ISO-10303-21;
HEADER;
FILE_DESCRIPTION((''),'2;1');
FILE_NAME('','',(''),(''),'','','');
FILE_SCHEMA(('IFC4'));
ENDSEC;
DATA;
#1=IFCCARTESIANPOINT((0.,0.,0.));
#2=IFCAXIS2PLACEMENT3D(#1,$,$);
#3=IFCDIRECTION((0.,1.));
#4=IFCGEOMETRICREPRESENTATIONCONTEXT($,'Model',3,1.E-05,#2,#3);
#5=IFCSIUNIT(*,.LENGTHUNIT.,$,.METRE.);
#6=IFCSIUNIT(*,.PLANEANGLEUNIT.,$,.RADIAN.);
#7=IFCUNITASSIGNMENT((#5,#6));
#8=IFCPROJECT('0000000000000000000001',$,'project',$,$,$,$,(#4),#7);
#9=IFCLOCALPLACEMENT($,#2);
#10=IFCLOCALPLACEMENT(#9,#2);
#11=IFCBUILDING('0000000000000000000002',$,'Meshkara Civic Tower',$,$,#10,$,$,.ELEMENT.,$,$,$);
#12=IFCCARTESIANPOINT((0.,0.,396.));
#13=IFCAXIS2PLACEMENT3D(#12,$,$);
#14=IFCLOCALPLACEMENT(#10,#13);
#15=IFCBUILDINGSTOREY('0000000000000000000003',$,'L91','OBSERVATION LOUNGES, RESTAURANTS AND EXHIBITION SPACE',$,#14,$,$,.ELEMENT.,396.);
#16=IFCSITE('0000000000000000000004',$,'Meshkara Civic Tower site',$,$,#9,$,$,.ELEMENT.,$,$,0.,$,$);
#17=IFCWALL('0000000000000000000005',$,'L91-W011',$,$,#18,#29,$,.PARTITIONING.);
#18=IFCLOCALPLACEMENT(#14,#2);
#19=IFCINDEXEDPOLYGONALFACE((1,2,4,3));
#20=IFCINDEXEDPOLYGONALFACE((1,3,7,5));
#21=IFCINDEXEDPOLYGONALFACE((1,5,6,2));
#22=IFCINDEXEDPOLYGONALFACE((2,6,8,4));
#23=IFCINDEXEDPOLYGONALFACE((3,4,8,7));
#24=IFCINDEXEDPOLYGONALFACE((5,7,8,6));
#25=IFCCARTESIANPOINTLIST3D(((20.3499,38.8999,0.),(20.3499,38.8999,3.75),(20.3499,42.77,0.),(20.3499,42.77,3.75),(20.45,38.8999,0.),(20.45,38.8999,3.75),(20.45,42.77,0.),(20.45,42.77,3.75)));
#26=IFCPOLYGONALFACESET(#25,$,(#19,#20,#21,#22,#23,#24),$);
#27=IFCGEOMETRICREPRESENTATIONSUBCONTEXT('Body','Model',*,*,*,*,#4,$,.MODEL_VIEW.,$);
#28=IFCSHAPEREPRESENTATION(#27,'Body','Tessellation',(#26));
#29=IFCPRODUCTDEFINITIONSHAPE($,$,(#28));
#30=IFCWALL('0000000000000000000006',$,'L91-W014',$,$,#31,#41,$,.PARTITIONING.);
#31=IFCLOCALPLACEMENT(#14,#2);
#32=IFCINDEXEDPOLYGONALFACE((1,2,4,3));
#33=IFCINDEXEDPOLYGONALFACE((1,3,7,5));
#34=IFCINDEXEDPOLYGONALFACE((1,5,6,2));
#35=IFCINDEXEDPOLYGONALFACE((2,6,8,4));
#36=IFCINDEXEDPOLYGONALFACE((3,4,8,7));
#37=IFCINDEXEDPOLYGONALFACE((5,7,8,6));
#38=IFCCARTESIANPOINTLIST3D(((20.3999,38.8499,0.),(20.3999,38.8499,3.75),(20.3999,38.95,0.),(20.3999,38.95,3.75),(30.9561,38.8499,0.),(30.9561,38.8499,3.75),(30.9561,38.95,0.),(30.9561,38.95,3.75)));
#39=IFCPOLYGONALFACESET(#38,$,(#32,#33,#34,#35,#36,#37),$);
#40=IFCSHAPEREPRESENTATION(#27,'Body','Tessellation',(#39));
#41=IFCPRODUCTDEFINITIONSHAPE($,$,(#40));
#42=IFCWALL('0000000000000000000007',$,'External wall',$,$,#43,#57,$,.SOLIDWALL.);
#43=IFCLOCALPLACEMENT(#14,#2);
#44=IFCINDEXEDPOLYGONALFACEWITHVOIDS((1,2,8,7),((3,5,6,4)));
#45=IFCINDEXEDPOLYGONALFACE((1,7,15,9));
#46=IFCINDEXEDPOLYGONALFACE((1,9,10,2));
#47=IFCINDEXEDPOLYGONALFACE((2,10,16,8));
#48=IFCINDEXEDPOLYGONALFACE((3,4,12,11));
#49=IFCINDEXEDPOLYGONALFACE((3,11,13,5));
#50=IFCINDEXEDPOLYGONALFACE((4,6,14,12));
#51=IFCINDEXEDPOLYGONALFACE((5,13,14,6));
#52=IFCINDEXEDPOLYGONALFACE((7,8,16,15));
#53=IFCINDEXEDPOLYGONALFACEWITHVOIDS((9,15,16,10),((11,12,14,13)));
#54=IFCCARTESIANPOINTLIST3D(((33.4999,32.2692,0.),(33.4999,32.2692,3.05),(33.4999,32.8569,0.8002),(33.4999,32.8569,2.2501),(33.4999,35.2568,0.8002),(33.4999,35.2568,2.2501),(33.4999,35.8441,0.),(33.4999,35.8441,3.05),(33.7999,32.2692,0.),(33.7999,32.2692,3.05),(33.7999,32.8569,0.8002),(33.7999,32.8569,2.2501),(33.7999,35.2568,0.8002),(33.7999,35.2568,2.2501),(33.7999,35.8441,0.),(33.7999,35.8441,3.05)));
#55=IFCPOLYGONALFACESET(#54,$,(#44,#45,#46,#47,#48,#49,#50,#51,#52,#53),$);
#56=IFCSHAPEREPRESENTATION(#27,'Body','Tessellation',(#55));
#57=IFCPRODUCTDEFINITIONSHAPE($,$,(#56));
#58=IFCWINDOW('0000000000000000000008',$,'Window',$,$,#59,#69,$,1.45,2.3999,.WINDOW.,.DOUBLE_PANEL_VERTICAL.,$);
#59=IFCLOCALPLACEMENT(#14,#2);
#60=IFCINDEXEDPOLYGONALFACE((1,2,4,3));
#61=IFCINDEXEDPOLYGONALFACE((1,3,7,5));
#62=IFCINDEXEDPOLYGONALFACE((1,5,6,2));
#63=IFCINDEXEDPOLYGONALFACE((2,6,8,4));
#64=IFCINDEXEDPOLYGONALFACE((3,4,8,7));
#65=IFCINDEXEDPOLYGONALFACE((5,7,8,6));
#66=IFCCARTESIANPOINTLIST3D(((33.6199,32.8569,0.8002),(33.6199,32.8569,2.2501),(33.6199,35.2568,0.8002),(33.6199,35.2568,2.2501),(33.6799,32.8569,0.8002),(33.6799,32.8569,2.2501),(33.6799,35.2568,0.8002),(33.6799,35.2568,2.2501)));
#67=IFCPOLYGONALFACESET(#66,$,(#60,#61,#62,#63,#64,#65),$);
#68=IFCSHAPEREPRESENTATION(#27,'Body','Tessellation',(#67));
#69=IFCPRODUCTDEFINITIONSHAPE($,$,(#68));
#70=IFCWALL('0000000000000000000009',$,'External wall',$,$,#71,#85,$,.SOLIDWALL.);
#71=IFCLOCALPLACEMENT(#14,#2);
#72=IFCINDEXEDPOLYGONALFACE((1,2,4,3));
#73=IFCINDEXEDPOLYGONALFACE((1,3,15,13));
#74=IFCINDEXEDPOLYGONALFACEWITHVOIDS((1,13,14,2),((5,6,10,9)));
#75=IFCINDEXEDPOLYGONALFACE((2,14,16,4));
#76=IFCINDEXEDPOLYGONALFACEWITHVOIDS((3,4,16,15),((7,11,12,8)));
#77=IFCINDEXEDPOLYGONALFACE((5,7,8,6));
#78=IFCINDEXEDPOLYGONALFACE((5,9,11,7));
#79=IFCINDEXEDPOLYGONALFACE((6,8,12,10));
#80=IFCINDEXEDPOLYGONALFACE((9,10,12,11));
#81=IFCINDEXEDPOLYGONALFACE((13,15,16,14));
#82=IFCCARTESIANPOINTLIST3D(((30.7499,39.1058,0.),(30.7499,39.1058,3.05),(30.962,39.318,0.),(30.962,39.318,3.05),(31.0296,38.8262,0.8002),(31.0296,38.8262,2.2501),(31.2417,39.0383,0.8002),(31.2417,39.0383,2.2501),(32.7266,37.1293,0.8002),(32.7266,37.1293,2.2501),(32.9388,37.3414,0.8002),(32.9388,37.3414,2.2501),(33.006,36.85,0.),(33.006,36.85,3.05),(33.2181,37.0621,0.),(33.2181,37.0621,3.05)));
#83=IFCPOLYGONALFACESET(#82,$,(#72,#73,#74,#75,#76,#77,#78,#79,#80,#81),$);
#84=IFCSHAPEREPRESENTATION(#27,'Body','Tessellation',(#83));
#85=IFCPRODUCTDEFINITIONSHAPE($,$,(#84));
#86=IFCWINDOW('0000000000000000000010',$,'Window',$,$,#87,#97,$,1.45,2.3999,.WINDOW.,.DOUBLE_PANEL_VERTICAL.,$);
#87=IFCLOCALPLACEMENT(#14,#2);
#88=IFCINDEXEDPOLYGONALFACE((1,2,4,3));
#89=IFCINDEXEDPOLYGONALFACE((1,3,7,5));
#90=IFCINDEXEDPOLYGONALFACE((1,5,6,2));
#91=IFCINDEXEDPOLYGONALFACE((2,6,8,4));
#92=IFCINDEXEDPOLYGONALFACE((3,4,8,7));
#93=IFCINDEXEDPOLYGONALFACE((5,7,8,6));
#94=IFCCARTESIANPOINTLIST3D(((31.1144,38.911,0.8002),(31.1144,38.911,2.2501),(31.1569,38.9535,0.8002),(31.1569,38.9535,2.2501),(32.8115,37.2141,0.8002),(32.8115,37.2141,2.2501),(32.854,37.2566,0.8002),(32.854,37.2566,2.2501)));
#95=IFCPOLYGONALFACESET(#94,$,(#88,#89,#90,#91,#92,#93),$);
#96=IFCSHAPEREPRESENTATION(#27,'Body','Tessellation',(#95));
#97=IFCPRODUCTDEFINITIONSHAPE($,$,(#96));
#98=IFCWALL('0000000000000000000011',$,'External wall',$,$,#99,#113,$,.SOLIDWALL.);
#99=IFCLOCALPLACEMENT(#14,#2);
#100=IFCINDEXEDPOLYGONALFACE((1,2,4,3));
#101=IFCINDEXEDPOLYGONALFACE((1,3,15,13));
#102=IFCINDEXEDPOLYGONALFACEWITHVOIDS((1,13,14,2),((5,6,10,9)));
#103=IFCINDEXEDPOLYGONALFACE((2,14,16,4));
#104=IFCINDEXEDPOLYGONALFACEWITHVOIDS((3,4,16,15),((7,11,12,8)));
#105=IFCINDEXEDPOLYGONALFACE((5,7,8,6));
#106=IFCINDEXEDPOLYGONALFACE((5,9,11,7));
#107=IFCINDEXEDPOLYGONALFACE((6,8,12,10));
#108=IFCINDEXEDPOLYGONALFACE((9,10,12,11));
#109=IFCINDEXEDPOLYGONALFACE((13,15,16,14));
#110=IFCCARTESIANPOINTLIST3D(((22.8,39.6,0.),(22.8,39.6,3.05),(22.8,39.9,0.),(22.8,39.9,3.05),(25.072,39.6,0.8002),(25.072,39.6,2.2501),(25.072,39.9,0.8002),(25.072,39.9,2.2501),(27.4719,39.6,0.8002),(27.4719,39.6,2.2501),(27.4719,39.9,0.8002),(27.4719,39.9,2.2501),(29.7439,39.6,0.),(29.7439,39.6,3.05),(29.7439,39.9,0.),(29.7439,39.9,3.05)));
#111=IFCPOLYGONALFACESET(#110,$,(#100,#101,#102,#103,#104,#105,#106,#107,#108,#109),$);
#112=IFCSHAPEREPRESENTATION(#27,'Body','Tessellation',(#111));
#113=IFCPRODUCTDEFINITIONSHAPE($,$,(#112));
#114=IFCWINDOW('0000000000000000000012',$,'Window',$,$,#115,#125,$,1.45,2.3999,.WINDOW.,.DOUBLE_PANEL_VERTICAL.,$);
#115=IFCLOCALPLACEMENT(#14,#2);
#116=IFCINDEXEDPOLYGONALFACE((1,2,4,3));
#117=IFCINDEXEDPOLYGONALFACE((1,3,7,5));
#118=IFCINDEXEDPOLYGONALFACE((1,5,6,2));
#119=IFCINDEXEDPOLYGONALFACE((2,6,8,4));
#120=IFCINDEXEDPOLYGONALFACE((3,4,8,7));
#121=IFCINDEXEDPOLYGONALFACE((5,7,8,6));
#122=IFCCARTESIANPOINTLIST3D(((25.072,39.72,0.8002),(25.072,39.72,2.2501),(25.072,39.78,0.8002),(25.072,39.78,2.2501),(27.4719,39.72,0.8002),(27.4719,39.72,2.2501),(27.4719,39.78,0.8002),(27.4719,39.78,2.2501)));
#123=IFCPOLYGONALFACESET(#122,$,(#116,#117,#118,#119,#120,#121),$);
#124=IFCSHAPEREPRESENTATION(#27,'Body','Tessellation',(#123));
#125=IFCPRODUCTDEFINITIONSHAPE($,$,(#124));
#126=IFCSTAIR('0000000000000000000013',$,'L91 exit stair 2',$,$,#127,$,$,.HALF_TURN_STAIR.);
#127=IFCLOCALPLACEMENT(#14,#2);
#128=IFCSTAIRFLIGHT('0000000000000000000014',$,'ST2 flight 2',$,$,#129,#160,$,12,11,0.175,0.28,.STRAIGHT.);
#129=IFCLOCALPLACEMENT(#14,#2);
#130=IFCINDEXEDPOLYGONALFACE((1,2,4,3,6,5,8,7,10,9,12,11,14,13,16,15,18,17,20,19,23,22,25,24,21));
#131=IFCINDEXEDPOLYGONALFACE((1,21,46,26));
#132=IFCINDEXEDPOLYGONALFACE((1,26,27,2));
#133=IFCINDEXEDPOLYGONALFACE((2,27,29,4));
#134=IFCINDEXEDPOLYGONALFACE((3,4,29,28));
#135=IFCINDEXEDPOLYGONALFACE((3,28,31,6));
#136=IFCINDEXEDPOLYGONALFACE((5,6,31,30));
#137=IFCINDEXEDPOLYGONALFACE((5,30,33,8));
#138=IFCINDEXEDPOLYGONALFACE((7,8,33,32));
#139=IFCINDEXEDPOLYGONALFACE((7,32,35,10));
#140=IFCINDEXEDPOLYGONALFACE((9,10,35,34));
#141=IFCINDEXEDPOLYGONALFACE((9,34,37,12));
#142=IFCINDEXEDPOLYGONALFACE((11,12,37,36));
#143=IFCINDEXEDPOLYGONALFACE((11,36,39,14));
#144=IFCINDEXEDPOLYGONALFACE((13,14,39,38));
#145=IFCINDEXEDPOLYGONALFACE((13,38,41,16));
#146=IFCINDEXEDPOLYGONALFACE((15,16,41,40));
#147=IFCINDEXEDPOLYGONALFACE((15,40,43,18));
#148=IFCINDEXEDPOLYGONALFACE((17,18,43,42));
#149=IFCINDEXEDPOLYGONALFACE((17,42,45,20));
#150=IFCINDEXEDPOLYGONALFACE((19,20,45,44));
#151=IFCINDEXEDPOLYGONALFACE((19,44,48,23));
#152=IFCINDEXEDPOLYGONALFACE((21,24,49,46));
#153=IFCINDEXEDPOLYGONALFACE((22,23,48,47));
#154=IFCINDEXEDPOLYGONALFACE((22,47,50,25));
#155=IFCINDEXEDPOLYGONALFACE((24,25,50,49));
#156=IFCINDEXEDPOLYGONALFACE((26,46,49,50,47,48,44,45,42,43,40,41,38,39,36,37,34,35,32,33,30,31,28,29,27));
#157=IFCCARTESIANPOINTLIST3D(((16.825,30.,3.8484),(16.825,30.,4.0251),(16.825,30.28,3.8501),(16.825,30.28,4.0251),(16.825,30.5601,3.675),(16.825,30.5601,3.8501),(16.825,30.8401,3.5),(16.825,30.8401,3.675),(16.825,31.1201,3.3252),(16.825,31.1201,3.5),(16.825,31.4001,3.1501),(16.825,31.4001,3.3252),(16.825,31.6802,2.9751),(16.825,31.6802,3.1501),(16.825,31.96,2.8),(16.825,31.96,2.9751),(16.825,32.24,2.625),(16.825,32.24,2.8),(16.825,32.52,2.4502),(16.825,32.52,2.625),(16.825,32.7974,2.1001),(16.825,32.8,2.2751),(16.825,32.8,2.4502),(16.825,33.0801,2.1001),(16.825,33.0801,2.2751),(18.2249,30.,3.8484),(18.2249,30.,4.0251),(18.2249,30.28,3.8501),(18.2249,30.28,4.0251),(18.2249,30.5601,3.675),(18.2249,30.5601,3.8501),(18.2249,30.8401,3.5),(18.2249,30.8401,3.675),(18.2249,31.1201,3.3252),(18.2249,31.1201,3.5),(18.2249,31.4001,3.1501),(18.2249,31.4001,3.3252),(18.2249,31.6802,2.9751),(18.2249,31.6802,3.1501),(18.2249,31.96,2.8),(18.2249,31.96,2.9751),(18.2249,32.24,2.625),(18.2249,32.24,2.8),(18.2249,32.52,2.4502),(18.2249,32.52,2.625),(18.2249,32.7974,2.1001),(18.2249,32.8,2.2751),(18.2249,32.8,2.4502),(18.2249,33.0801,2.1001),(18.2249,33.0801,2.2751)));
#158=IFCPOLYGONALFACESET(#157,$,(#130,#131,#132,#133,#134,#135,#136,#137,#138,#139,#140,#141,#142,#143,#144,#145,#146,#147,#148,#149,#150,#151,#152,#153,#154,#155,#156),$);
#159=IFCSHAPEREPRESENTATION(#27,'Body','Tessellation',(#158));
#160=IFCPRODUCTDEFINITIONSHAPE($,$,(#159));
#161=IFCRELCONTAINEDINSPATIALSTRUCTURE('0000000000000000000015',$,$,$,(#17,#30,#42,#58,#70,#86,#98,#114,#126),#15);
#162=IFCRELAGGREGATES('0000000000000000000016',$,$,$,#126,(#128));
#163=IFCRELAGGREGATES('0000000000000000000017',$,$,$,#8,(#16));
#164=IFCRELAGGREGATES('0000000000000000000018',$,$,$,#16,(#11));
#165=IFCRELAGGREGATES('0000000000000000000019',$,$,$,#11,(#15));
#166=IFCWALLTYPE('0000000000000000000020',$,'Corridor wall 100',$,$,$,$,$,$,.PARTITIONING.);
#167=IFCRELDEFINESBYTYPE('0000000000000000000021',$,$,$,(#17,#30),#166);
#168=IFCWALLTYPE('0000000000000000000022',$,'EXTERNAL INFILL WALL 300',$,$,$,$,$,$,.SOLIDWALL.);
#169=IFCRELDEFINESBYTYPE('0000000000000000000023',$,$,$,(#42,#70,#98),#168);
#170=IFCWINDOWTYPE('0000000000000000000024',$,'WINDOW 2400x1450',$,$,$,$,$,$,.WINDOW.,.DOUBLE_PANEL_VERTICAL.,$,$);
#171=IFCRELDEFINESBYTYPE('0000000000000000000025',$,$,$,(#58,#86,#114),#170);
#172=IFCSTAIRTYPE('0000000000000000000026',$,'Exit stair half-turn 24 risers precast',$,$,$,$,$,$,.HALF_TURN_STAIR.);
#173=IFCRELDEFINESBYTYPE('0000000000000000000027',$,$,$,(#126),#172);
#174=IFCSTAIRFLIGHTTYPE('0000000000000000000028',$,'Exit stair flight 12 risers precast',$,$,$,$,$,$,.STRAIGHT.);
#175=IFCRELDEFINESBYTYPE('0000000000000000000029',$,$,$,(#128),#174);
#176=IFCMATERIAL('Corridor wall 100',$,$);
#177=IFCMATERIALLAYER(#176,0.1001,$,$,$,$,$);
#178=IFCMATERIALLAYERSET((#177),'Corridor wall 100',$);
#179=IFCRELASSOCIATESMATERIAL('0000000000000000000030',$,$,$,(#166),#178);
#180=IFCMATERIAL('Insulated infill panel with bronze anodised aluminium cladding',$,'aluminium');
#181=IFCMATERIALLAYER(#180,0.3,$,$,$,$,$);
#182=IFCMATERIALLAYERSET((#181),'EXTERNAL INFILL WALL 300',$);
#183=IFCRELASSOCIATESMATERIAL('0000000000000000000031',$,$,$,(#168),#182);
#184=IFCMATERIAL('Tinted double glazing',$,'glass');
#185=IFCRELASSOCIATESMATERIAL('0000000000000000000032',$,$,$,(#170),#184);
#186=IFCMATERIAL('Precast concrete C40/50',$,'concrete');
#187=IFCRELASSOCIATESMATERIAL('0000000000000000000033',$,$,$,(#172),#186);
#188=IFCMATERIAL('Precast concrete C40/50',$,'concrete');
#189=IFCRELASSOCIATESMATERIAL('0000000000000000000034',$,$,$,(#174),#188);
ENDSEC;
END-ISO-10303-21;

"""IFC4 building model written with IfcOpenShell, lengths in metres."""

from ifc_helpers import new_model, si_unit, direction, frame, frame_2d, origin, place, context, subcontext, project, spatial, polyline, rectangle, outline, extrude, material, layer, layer_set, type_object, element, fill, aggregate, save


model = new_model("IFC4")

# Units and contexts
model_context = context("Model", 3, precision=1e-05, world=origin(), true_north=direction((0.0, 1.0)))
body_context = subcontext(model_context, "Body", "Model", "MODEL_VIEW")
ifc_project = project(units=[si_unit("LENGTHUNIT", "METRE"), si_unit("PLANEANGLEUNIT", "RADIAN")], contexts=[model_context])

# Site, building, storey
site_placement = place(None, origin())
site = spatial("IfcSite", under=ifc_project, at=site_placement, Name="Meshkara Civic Tower site", CompositionType="ELEMENT", RefElevation=0.0)
building_placement = place(site_placement, origin())
building = spatial("IfcBuilding", under=site, at=building_placement, Name="Meshkara Civic Tower", CompositionType="ELEMENT")
storey_placement = place(building_placement, frame((0.0, 0.0, 396.0)))
storey = spatial("IfcBuildingStorey", under=building, at=storey_placement, Name="L91", Description="OBSERVATION LOUNGES, RESTAURANTS AND EXHIBITION SPACE", CompositionType="ELEMENT", Elevation=396.0)

# Walls
ifc_material_1 = material(Name="Corridor wall 100")
ifc_layer_1 = layer(ifc_material_1, 0.1001)
ifc_layer_set_1 = layer_set([ifc_layer_1], Name="Corridor wall 100")
wall_type_1 = type_object("IfcWallType", Name="Corridor wall 100", PredefinedType="PARTITIONING", material=ifc_layer_set_1)
wall_1_placement = place(storey_placement, frame((20.3999, 38.8999, 0.0), z_axis=(0.0, 0.0, 1.0), x_axis=(0.0, 1.0, 0.0)))
element("IfcWall", 1, at=wall_1_placement, inside=storey, type_object=wall_type_1, Name="L91-W011", PredefinedType="PARTITIONING", context=body_context, shape_type="SweptSolid", body=[
    extrude(rectangle(XDim=3.8701, YDim=0.1001, at=frame_2d((1.9351, 0.0))), origin(), (0.0, 0.0, 1.0), 3.75),
])
wall_2_placement = place(storey_placement, frame((30.9561, 38.8999, 0.0), z_axis=(0.0, 0.0, 1.0), x_axis=(-1.0, 0.0, 0.0)))
element("IfcWall", 2, at=wall_2_placement, inside=storey, type_object=wall_type_1, Name="L91-W014", PredefinedType="PARTITIONING", context=body_context, shape_type="SweptSolid", body=[
    extrude(rectangle(XDim=10.5562, YDim=0.1001, at=frame_2d((5.2781, 0.0))), origin(), (0.0, 0.0, 1.0), 3.75),
])

# Walls, openings, windows
ifc_material_2 = material(Name="Insulated infill panel with bronze anodised aluminium cladding", Category="aluminium")
ifc_layer_2 = layer(ifc_material_2, 0.3)
ifc_layer_set_2 = layer_set([ifc_layer_2], Name="EXTERNAL INFILL WALL 300")
wall_type_2 = type_object("IfcWallType", Name="EXTERNAL INFILL WALL 300", PredefinedType="SOLIDWALL", material=ifc_layer_set_2)
wall_3_placement = place(storey_placement, frame((33.6499, 32.269, 0.0), z_axis=(0.0, 0.0, 1.0), x_axis=(0.0, 1.0, 0.0)))
wall_3 = element("IfcWall", 3, at=wall_3_placement, inside=storey, type_object=wall_type_2, Name="External wall", PredefinedType="SOLIDWALL", context=body_context, shape_type="SweptSolid", body=[
    extrude(rectangle(XDim=3.575, YDim=0.3, at=frame_2d((1.7876, 0.0))), origin(), (0.0, 0.0, 1.0), 3.05),
])
opening_1_placement = place(wall_3_placement, frame((0.5879, 0.0, 0.8)))
opening_1 = element("IfcOpeningElement", 4, at=opening_1_placement, cuts=wall_3, PredefinedType="OPENING", context=body_context, shape_type="SweptSolid", body=[
    extrude(rectangle(XDim=2.3999, YDim=1.45, at=frame_2d((1.2, 0.7251))), frame((0.0, 0.1599, 0.0), z_axis=(0.0, -1.0, 0.0), x_axis=(1.0, 0.0, 0.0)), (0.0, 0.0, 1.0), 0.3201),
])
ifc_material_3 = material(Name="Tinted double glazing", Category="glass")
window_type = type_object("IfcWindowType", Name="WINDOW 2400x1450", PartitioningType="DOUBLE_PANEL_VERTICAL", PredefinedType="WINDOW", material=ifc_material_3)
window_1_placement = place(opening_1_placement, origin())
window_1 = element("IfcWindow", 5, at=window_1_placement, inside=storey, type_object=window_type, Name="Window", OverallHeight=1.45, OverallWidth=2.3999, PartitioningType="DOUBLE_PANEL_VERTICAL", PredefinedType="WINDOW", context=body_context, shape_type="SweptSolid", body=[
    extrude(rectangle(XDim=2.3999, YDim=1.45, at=frame_2d((1.2, 0.7251))), frame((0.0, 0.03, 0.0), z_axis=(0.0, -1.0, 0.0), x_axis=(1.0, 0.0, 0.0)), (0.0, 0.0, 1.0), 0.0601),
])
fill(opening_1, window_1)
wall_4_placement = place(storey_placement, frame((33.1121, 36.9561, 0.0), z_axis=(0.0, 0.0, 1.0), x_axis=(-0.707145, 0.707069, 0.0)))
wall_4 = element("IfcWall", 6, at=wall_4_placement, inside=storey, type_object=wall_type_2, Name="External wall", PredefinedType="SOLIDWALL", context=body_context, shape_type="SweptSolid", body=[
    extrude(rectangle(XDim=3.1904, YDim=0.3, at=frame_2d((1.5952, 0.0))), origin(), (0.0, 0.0, 1.0), 3.05),
])
opening_2_placement = place(wall_4_placement, frame((0.395, 0.0, 0.8)))
opening_2 = element("IfcOpeningElement", 7, at=opening_2_placement, cuts=wall_4, PredefinedType="OPENING", context=body_context, shape_type="SweptSolid", body=[
    extrude(rectangle(XDim=2.3999, YDim=1.45, at=frame_2d((1.2, 0.7251))), frame((0.0, 0.1599, 0.0), z_axis=(0.0, -1.0, 0.0), x_axis=(1.0, 0.0, 0.0)), (0.0, 0.0, 1.0), 0.3201),
])
window_2_placement = place(opening_2_placement, origin())
window_2 = element("IfcWindow", 8, at=window_2_placement, inside=storey, type_object=window_type, Name="Window", OverallHeight=1.45, OverallWidth=2.3999, PartitioningType="DOUBLE_PANEL_VERTICAL", PredefinedType="WINDOW", context=body_context, shape_type="SweptSolid", body=[
    extrude(rectangle(XDim=2.3999, YDim=1.45, at=frame_2d((1.2, 0.7251))), frame((0.0, 0.03, 0.0), z_axis=(0.0, -1.0, 0.0), x_axis=(1.0, 0.0, 0.0)), (0.0, 0.0, 1.0), 0.0601),
])
fill(opening_2, window_2)
wall_5_placement = place(storey_placement, frame((29.7439, 39.75, 0.0), z_axis=(0.0, 0.0, 1.0), x_axis=(-1.0, 0.0, 0.0)))
wall_5 = element("IfcWall", 9, at=wall_5_placement, inside=storey, type_object=wall_type_2, Name="External wall", PredefinedType="SOLIDWALL", context=body_context, shape_type="SweptSolid", body=[
    extrude(rectangle(XDim=6.9438, YDim=0.3, at=frame_2d((3.4719, 0.0))), origin(), (0.0, 0.0, 1.0), 3.05),
])
opening_3_placement = place(wall_5_placement, frame((2.272, 0.0, 0.8)))
opening_3 = element("IfcOpeningElement", 10, at=opening_3_placement, cuts=wall_5, PredefinedType="OPENING", context=body_context, shape_type="SweptSolid", body=[
    extrude(rectangle(XDim=2.3999, YDim=1.45, at=frame_2d((1.2, 0.7251))), frame((0.0, 0.1599, 0.0), z_axis=(0.0, -1.0, 0.0), x_axis=(1.0, 0.0, 0.0)), (0.0, 0.0, 1.0), 0.3201),
])
window_3_placement = place(opening_3_placement, origin())
window_3 = element("IfcWindow", 11, at=window_3_placement, inside=storey, type_object=window_type, Name="Window", OverallHeight=1.45, OverallWidth=2.3999, PartitioningType="DOUBLE_PANEL_VERTICAL", PredefinedType="WINDOW", context=body_context, shape_type="SweptSolid", body=[
    extrude(rectangle(XDim=2.3999, YDim=1.45, at=frame_2d((1.2, 0.7251))), frame((0.0, 0.03, 0.0), z_axis=(0.0, -1.0, 0.0), x_axis=(1.0, 0.0, 0.0)), (0.0, 0.0, 1.0), 0.0601),
])
fill(opening_3, window_3)

# Stair, stair flight
ifc_material_4 = material(Name="Precast concrete C40/50", Category="concrete")
stair_type = type_object("IfcStairType", Name="Exit stair half-turn 24 risers precast", PredefinedType="HALF_TURN_STAIR", material=ifc_material_4)
stair_placement = place(storey_placement, origin())
stair = element("IfcStair", 12, at=stair_placement, inside=storey, type_object=stair_type, Name="L91 exit stair 2", PredefinedType="HALF_TURN_STAIR")
ifc_material_5 = material(Name="Precast concrete C40/50", Category="concrete")
stair_flight_type = type_object("IfcStairFlightType", Name="Exit stair flight 12 risers precast", PredefinedType="STRAIGHT", material=ifc_material_5)
stair_flight_placement = place(storey_placement, frame((17.5249, 33.0801, 2.1001), z_axis=(0.0, 0.0, 1.0), x_axis=(0.0, -1.0, 0.0)))
stair_flight = element("IfcStairFlight", 13, at=stair_flight_placement, type_object=stair_flight_type, Name="ST2 flight 2", NumberOfRisers=12, NumberOfTreads=11, PredefinedType="STRAIGHT", RiserHeight=0.175, TreadLength=0.28, context=body_context, shape_type="SweptSolid", body=[
    extrude(outline(polyline([(0.0, 0.0), (0.0, 0.175), (0.28, 0.175), (0.28, 0.3501), (0.5601, 0.3501), (0.5601, 0.5249), (0.8401, 0.5249), (0.8401, 0.7), (1.1201, 0.7), (1.1201, 0.875), (1.3999, 0.875), (1.3999, 1.05), (1.6799, 1.05), (1.6799, 1.2251), (1.96, 1.2251), (1.96, 1.3999), (2.24, 1.3999), (2.24, 1.575), (2.52, 1.575), (2.52, 1.75), (2.8, 1.75), (2.8, 1.925), (3.0801, 1.925), (3.0801, 2.1001), (3.0801, 1.7483), (0.2827, 0.0), (0.0, 0.0)])), frame((0.0, 0.7, 0.0), z_axis=(0.0, -1.0, 0.0), x_axis=(1.0, 0.0, 0.0)), (0.0, 0.0, 1.0), 1.3999),
])
aggregate(stair, [stair_flight])

save(model, "model.ifc")
